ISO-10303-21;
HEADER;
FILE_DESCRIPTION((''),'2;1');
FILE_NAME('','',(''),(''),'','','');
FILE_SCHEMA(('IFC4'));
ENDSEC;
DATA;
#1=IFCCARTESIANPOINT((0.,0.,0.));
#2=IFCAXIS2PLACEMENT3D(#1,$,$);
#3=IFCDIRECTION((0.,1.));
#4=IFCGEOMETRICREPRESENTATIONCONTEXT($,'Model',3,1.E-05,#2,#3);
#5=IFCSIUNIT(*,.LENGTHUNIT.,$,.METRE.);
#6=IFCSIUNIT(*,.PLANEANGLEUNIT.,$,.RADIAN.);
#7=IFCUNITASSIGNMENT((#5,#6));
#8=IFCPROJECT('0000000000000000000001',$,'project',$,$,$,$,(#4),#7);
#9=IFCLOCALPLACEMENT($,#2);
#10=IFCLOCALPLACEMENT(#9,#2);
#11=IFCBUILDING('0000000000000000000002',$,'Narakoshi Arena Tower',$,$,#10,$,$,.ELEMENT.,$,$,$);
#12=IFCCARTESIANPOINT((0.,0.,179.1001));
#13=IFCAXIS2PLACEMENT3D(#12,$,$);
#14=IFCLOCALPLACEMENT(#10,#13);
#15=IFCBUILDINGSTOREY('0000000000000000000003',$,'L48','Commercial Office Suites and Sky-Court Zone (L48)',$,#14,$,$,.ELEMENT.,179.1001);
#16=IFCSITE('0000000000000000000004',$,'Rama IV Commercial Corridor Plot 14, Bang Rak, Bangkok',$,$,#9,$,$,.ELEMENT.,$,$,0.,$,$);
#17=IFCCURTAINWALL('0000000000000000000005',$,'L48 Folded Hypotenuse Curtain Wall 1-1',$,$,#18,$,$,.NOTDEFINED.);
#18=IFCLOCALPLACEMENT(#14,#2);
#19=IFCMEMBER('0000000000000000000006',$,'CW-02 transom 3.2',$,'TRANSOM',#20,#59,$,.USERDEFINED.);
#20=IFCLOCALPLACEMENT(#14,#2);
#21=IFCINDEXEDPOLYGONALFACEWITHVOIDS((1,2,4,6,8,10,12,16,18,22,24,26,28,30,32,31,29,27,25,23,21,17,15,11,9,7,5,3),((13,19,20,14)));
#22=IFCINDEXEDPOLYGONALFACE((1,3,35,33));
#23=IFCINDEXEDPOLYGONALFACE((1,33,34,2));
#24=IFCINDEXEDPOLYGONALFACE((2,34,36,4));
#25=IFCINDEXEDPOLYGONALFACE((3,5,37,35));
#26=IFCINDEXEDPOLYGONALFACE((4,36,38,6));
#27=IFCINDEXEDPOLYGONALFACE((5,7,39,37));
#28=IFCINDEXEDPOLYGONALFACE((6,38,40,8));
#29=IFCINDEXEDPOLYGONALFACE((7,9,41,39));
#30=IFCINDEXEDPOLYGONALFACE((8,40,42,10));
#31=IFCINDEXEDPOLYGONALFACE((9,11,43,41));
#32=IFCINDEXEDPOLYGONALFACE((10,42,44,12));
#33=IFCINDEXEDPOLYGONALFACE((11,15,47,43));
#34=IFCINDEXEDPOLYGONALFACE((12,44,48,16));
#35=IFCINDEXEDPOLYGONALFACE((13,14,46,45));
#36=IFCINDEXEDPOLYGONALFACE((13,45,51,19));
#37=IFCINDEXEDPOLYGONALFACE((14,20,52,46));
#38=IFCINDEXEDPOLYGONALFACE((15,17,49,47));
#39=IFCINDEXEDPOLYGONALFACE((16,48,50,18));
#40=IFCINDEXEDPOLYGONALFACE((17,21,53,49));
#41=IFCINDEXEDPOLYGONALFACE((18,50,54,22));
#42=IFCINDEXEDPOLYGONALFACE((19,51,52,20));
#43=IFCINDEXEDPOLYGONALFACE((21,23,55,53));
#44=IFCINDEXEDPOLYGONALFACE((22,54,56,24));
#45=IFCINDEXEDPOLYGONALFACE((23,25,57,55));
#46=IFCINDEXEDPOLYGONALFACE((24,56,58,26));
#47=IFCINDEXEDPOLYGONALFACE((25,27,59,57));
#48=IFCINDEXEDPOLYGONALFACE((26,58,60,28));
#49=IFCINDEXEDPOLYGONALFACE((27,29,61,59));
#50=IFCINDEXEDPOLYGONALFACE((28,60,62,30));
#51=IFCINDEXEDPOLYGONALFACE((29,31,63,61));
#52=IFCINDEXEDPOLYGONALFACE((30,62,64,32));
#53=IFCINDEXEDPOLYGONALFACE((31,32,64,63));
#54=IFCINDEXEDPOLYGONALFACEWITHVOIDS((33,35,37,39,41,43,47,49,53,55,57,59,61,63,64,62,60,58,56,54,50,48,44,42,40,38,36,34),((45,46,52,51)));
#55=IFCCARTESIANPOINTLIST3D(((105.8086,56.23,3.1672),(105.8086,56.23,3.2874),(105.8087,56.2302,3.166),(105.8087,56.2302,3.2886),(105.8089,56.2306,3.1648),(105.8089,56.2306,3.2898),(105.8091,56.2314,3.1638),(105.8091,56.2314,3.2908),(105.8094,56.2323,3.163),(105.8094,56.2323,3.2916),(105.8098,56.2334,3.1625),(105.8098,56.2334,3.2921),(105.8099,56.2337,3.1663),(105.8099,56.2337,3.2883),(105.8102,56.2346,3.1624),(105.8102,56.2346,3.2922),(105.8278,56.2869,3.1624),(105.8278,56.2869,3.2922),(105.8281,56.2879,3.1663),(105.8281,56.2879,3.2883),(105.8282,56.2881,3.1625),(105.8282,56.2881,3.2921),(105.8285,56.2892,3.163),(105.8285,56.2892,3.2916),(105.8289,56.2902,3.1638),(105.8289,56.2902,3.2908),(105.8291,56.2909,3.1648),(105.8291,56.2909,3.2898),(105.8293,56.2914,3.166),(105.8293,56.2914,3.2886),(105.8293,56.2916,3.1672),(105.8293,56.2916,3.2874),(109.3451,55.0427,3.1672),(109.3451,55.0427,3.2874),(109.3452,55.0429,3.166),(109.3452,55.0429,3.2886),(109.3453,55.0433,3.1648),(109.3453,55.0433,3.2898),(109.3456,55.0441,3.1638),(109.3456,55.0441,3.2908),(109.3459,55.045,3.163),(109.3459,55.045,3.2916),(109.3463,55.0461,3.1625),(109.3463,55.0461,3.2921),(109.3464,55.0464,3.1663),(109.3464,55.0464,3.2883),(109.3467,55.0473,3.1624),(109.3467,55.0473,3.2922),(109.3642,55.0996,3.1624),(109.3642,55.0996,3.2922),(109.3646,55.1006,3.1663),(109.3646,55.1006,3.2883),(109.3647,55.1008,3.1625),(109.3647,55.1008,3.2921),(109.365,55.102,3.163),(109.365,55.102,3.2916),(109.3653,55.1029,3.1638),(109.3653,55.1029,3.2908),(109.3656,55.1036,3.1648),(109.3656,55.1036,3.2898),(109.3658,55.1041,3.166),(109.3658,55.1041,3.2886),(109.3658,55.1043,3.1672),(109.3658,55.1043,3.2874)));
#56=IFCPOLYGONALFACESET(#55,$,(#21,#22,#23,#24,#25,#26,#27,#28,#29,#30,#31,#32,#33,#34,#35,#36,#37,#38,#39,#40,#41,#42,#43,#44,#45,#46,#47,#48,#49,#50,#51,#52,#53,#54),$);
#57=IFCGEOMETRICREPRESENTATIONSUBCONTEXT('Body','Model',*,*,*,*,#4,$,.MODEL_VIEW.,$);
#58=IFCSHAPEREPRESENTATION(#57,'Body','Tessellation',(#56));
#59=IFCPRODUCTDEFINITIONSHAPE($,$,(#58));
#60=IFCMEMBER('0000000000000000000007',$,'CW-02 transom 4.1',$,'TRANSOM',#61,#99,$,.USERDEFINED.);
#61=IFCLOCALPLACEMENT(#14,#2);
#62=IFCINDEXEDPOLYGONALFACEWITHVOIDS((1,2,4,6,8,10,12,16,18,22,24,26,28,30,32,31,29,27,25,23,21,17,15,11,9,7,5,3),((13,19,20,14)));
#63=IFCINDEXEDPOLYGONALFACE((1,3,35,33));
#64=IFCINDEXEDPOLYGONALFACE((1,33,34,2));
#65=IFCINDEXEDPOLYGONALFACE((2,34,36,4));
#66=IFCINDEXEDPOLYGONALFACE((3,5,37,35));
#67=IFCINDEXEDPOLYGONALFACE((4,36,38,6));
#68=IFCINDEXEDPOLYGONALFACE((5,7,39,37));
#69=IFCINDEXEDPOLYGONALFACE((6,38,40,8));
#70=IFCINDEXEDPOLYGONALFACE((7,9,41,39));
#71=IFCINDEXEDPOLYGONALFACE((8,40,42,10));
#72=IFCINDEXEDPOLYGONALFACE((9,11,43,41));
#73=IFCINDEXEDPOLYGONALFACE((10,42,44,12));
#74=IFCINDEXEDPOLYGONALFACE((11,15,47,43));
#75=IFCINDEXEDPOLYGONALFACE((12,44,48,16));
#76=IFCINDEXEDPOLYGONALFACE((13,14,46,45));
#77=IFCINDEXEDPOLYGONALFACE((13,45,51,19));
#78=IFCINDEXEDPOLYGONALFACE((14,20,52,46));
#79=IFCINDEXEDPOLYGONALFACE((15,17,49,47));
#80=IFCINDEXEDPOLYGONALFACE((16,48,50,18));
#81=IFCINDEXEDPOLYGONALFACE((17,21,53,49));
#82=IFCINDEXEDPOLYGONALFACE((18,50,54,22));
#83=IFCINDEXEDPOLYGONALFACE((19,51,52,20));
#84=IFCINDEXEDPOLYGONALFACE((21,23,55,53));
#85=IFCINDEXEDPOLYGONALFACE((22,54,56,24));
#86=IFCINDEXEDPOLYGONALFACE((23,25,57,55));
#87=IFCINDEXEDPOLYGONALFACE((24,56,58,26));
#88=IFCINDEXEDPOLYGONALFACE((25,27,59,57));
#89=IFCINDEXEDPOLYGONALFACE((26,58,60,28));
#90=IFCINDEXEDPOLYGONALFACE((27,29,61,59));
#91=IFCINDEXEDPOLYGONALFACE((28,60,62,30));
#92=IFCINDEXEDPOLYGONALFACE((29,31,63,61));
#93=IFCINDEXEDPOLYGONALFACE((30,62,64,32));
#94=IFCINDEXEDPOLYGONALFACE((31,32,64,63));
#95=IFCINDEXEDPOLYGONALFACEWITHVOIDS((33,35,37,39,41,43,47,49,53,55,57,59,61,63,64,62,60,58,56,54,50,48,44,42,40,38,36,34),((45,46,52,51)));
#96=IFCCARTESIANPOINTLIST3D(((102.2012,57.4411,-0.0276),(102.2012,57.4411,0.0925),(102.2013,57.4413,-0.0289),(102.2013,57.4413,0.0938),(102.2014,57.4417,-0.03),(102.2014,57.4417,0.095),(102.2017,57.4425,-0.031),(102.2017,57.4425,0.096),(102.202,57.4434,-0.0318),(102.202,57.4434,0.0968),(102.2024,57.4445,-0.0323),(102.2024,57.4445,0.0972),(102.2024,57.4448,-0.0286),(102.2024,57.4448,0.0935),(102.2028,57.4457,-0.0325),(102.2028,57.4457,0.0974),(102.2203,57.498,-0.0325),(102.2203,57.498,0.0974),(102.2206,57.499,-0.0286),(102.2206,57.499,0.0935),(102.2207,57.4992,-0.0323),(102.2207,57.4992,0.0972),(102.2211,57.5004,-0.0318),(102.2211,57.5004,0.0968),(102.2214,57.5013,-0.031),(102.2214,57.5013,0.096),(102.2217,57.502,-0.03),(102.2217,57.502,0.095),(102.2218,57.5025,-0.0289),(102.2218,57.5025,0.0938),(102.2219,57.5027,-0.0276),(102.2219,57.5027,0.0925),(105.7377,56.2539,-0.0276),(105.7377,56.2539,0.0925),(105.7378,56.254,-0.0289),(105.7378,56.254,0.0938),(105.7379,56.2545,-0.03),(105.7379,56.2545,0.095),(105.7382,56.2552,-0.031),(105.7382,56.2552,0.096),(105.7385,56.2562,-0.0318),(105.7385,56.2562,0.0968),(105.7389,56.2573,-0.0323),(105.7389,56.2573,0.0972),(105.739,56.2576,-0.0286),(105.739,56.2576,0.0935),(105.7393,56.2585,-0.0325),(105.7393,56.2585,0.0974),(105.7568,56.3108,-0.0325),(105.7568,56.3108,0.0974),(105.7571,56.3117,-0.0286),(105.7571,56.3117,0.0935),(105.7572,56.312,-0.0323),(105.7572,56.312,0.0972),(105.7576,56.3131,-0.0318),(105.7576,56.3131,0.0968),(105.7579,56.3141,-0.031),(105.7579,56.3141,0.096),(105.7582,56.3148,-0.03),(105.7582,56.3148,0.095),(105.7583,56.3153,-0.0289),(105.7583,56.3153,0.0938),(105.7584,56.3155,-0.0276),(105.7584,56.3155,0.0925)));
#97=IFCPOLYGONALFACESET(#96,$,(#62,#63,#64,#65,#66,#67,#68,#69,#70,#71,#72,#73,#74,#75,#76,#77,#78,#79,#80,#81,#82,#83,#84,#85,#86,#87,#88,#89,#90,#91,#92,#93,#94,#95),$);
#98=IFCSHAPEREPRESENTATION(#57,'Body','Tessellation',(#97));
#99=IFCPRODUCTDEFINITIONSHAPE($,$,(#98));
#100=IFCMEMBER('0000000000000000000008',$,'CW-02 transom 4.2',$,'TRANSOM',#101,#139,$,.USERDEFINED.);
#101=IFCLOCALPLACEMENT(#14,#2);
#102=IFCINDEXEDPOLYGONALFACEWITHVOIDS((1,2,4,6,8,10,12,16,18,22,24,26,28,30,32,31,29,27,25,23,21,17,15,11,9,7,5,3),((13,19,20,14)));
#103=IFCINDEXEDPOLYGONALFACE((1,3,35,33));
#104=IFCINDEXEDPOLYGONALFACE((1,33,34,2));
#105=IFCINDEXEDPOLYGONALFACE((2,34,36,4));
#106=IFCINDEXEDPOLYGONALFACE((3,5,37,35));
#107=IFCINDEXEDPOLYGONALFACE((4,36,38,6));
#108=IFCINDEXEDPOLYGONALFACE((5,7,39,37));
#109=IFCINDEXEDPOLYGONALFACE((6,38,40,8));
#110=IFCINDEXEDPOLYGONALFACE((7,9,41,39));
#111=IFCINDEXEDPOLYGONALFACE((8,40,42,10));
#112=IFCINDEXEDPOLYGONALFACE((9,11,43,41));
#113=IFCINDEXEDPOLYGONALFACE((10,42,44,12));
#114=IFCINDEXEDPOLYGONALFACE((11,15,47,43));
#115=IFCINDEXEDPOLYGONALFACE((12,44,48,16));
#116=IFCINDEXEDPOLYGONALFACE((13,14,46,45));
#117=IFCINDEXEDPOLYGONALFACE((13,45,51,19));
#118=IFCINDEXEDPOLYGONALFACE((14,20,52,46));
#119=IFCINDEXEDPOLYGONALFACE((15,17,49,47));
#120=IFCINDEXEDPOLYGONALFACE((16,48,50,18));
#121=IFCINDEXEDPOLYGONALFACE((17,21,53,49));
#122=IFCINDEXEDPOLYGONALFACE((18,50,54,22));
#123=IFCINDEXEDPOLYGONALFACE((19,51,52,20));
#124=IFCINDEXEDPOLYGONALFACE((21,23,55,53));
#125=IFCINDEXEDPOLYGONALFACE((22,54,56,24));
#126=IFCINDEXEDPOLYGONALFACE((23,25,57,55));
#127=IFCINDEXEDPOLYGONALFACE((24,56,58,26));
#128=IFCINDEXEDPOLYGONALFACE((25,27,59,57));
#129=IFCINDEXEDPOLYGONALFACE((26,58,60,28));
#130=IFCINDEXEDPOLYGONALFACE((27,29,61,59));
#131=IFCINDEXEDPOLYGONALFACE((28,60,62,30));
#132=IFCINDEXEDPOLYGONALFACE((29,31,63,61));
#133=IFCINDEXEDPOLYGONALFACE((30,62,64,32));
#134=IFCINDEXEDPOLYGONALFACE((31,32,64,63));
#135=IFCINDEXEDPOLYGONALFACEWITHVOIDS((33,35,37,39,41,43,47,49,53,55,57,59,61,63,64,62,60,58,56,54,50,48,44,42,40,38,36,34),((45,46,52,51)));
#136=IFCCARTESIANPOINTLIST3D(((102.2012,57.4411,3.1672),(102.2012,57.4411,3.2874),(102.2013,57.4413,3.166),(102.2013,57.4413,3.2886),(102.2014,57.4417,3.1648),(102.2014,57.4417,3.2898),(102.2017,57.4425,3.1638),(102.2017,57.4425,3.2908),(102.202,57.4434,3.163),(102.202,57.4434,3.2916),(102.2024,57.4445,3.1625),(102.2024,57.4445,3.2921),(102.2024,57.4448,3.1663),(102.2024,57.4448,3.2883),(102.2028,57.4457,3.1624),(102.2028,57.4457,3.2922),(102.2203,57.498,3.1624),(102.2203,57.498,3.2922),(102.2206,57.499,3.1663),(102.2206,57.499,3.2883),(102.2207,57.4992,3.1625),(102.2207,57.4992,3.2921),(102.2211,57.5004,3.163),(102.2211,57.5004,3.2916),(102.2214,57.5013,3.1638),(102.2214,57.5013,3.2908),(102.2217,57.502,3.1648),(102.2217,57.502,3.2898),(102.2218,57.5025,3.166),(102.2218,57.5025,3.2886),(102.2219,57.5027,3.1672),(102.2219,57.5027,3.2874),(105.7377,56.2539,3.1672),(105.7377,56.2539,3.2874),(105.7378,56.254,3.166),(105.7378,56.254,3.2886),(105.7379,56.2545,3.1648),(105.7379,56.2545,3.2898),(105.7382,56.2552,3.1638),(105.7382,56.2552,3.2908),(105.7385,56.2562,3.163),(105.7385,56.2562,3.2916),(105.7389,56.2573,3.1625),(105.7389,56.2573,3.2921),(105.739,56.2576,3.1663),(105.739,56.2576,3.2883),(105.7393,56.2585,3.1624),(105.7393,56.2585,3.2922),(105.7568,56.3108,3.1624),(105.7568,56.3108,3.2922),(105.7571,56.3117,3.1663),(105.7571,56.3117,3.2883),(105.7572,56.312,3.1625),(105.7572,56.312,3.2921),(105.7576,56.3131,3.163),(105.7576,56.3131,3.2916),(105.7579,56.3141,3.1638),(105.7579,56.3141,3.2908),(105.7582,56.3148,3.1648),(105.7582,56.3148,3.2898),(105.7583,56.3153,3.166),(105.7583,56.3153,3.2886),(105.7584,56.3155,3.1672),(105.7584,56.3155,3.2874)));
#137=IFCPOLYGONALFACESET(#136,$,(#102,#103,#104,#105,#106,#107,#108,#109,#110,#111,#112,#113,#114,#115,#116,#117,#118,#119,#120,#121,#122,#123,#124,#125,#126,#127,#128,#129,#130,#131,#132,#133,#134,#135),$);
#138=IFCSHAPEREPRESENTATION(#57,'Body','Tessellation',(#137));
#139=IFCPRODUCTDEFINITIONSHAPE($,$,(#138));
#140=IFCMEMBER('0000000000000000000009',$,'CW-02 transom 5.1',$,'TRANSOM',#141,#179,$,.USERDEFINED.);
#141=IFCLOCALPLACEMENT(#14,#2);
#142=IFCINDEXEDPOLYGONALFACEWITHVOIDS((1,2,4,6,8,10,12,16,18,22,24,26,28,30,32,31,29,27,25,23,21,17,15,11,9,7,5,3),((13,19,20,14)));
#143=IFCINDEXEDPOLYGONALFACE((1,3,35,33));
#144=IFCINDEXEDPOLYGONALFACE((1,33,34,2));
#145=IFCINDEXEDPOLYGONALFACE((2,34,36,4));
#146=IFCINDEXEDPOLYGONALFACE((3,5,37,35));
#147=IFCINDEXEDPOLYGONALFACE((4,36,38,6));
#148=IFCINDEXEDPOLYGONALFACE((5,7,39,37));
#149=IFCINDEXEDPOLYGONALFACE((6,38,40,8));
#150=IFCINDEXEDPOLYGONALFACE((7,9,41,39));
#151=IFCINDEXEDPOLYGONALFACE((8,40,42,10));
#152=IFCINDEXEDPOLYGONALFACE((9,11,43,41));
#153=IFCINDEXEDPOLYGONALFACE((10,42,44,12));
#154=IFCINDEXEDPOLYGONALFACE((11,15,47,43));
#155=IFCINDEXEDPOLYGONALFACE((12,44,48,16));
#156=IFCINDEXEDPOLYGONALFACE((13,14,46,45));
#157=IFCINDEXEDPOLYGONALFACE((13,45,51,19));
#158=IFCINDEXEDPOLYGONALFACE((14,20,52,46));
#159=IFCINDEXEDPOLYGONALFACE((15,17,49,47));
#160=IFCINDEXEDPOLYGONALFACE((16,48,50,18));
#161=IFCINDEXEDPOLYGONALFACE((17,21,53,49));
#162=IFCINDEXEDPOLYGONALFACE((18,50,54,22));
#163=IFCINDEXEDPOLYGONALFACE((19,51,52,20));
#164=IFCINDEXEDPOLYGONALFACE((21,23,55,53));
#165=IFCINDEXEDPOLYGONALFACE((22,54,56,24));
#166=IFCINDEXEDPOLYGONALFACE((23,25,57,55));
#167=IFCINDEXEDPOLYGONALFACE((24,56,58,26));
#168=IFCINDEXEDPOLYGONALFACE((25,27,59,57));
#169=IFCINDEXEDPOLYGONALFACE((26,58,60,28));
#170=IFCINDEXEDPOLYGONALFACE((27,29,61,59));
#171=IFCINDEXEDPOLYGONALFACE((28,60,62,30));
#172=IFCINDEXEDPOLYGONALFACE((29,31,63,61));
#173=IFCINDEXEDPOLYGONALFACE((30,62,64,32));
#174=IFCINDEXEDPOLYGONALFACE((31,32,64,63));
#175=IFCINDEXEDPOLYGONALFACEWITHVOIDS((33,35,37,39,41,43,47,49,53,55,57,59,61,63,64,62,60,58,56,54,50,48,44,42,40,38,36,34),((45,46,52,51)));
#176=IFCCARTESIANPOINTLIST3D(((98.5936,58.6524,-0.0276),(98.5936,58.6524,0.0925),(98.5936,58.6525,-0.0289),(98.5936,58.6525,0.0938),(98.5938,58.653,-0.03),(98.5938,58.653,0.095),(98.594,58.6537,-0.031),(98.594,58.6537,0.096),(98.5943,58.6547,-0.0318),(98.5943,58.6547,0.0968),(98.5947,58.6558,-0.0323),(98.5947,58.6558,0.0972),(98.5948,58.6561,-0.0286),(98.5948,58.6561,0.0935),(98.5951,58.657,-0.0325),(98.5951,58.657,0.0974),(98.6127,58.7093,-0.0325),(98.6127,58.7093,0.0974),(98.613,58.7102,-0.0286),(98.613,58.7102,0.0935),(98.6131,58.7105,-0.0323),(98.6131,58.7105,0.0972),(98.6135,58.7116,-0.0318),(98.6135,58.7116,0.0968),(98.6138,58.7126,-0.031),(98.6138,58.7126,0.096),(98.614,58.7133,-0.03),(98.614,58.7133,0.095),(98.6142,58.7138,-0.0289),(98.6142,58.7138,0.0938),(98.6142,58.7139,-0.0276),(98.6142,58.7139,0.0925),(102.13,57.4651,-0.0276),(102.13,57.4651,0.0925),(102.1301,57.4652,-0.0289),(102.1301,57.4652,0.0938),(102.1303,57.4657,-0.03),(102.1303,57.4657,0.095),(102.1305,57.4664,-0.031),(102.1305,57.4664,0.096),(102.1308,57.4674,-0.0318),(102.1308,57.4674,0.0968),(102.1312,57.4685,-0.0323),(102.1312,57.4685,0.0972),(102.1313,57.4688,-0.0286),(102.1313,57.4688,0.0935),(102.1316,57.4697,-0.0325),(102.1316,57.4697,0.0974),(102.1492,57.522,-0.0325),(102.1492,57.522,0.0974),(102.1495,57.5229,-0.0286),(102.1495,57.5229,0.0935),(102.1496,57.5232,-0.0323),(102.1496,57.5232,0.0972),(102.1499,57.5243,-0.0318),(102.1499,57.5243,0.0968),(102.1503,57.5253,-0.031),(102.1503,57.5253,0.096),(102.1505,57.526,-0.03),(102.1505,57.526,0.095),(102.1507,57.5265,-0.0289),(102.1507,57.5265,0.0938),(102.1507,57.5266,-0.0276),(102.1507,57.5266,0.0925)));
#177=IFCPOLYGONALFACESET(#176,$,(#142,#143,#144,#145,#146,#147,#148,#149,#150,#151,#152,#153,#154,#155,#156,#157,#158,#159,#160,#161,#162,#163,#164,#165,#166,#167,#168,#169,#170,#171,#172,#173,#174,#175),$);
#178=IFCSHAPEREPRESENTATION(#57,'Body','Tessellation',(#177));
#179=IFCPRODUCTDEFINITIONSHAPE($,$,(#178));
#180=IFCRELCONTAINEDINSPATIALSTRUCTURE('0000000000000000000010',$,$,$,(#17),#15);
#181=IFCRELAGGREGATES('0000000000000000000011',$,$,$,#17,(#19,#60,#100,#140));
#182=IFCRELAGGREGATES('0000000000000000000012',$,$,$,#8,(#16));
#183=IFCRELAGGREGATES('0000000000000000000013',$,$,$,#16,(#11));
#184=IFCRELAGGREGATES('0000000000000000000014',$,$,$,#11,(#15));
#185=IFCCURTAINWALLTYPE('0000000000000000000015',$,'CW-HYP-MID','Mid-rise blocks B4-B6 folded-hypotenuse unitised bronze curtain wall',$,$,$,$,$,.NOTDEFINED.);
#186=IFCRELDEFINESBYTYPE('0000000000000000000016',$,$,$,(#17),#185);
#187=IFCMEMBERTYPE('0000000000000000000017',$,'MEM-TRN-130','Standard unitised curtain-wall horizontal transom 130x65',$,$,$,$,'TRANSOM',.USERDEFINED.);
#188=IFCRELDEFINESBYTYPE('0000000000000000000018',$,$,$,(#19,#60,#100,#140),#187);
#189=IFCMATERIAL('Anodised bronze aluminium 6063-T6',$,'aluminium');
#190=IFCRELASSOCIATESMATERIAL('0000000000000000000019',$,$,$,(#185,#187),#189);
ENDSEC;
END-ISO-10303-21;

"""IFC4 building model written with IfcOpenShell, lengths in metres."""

from ifc_helpers import new_model, si_unit, direction, frame, origin, origin_2d, place, context, subcontext, project, spatial, hollow_rectangle, extrude, material, material_profile, profile_set, type_object, element, aggregate, save


model = new_model("IFC4")

# Units and contexts
model_context = context("Model", 3, precision=1e-05, world=origin(), true_north=direction((0.0, 1.0)))
body_context = subcontext(model_context, "Body", "Model", "MODEL_VIEW")
ifc_project = project(units=[si_unit("LENGTHUNIT", "METRE"), si_unit("PLANEANGLEUNIT", "RADIAN")], contexts=[model_context])

# Site, building, storey
site_placement = place(None, origin())
site = spatial("IfcSite", under=ifc_project, at=site_placement, Name="Rama IV Commercial Corridor Plot 14, Bang Rak, Bangkok", CompositionType="ELEMENT", RefElevation=0.0)
building_placement = place(site_placement, origin())
building = spatial("IfcBuilding", under=site, at=building_placement, Name="Narakoshi Arena Tower", CompositionType="ELEMENT")
storey_placement = place(building_placement, frame((0.0, 0.0, 179.1001)))
storey = spatial("IfcBuildingStorey", under=building, at=storey_placement, Name="L48", Description="Commercial Office Suites and Sky-Court Zone (L48)", CompositionType="ELEMENT", Elevation=179.1001)

# Curtain wall, members
ifc_material_1 = material(Name="Anodised bronze aluminium 6063-T6", Category="aluminium")
curtain_wall_type = type_object("IfcCurtainWallType", Name="CW-HYP-MID", Description="Mid-rise blocks B4-B6 folded-hypotenuse unitised bronze curtain wall", PredefinedType="NOTDEFINED", material=ifc_material_1)
curtain_wall_placement = place(storey_placement, origin())
curtain_wall = element("IfcCurtainWall", 1, at=curtain_wall_placement, inside=storey, type_object=curtain_wall_type, Name="L48 Folded Hypotenuse Curtain Wall 1-1", PredefinedType="NOTDEFINED")
ifc_material_profile_1 = material_profile(ifc_material_1, hollow_rectangle(XDim=0.0649, YDim=0.1299, WallThickness=0.0039, OuterFilletRadius=0.0049, at=origin_2d()), Name="TRN130x65x4")
ifc_profile_set_1 = profile_set([ifc_material_profile_1], Name="Anodised bronze aluminium 6063-T6")
member_type_1 = type_object("IfcMemberType", Name="MEM-TRN-130", Description="Standard unitised curtain-wall horizontal transom 130x65", ElementType="TRANSOM", PredefinedType="USERDEFINED", material=ifc_profile_set_1)
member_1_placement = place(storey_placement, frame((109.3555, 55.0735, 3.2273), z_axis=(-0.948, 0.318269, 0.0), x_axis=(-0.318269, -0.948, 0.0)))
member_1 = element("IfcMember", 2, at=member_1_placement, type_object=member_type_1, Name="CW-02 transom 3.2", ObjectType="TRANSOM", PredefinedType="USERDEFINED", context=body_context, shape_type="SweptSolid", body=[
    extrude(hollow_rectangle(XDim=0.0649, YDim=0.1299, WallThickness=0.0039, OuterFilletRadius=0.0049, at=origin_2d()), origin(), (0.0, 0.0, 1.0), 3.7305),
])
member_2_placement = place(storey_placement, frame((105.748, 56.2847, 0.0325), z_axis=(-0.948007, 0.318249, 0.0), x_axis=(-0.318249, -0.948007, 0.0)))
member_2 = element("IfcMember", 3, at=member_2_placement, type_object=member_type_1, Name="CW-02 transom 4.1", ObjectType="TRANSOM", PredefinedType="USERDEFINED", context=body_context, shape_type="SweptSolid", body=[
    extrude(hollow_rectangle(XDim=0.0649, YDim=0.1299, WallThickness=0.0039, OuterFilletRadius=0.0049, at=origin_2d()), origin(), (0.0, 0.0, 1.0), 3.7305),
])
member_3_placement = place(storey_placement, frame((105.748, 56.2847, 3.2273), z_axis=(-0.948007, 0.318249, 0.0), x_axis=(-0.318249, -0.948007, 0.0)))
member_3 = element("IfcMember", 4, at=member_3_placement, type_object=member_type_1, Name="CW-02 transom 4.2", ObjectType="TRANSOM", PredefinedType="USERDEFINED", context=body_context, shape_type="SweptSolid", body=[
    extrude(hollow_rectangle(XDim=0.0649, YDim=0.1299, WallThickness=0.0039, OuterFilletRadius=0.0049, at=origin_2d()), origin(), (0.0, 0.0, 1.0), 3.7305),
])
member_4_placement = place(storey_placement, frame((102.1404, 57.4958, 0.0325), z_axis=(-0.948, 0.318269, 0.0), x_axis=(-0.318269, -0.948, 0.0)))
member_4 = element("IfcMember", 5, at=member_4_placement, type_object=member_type_1, Name="CW-02 transom 5.1", ObjectType="TRANSOM", PredefinedType="USERDEFINED", context=body_context, shape_type="SweptSolid", body=[
    extrude(hollow_rectangle(XDim=0.0649, YDim=0.1299, WallThickness=0.0039, OuterFilletRadius=0.0049, at=origin_2d()), origin(), (0.0, 0.0, 1.0), 3.7305),
])
aggregate(curtain_wall, [member_1, member_2, member_3, member_4])

save(model, "model.ifc")
